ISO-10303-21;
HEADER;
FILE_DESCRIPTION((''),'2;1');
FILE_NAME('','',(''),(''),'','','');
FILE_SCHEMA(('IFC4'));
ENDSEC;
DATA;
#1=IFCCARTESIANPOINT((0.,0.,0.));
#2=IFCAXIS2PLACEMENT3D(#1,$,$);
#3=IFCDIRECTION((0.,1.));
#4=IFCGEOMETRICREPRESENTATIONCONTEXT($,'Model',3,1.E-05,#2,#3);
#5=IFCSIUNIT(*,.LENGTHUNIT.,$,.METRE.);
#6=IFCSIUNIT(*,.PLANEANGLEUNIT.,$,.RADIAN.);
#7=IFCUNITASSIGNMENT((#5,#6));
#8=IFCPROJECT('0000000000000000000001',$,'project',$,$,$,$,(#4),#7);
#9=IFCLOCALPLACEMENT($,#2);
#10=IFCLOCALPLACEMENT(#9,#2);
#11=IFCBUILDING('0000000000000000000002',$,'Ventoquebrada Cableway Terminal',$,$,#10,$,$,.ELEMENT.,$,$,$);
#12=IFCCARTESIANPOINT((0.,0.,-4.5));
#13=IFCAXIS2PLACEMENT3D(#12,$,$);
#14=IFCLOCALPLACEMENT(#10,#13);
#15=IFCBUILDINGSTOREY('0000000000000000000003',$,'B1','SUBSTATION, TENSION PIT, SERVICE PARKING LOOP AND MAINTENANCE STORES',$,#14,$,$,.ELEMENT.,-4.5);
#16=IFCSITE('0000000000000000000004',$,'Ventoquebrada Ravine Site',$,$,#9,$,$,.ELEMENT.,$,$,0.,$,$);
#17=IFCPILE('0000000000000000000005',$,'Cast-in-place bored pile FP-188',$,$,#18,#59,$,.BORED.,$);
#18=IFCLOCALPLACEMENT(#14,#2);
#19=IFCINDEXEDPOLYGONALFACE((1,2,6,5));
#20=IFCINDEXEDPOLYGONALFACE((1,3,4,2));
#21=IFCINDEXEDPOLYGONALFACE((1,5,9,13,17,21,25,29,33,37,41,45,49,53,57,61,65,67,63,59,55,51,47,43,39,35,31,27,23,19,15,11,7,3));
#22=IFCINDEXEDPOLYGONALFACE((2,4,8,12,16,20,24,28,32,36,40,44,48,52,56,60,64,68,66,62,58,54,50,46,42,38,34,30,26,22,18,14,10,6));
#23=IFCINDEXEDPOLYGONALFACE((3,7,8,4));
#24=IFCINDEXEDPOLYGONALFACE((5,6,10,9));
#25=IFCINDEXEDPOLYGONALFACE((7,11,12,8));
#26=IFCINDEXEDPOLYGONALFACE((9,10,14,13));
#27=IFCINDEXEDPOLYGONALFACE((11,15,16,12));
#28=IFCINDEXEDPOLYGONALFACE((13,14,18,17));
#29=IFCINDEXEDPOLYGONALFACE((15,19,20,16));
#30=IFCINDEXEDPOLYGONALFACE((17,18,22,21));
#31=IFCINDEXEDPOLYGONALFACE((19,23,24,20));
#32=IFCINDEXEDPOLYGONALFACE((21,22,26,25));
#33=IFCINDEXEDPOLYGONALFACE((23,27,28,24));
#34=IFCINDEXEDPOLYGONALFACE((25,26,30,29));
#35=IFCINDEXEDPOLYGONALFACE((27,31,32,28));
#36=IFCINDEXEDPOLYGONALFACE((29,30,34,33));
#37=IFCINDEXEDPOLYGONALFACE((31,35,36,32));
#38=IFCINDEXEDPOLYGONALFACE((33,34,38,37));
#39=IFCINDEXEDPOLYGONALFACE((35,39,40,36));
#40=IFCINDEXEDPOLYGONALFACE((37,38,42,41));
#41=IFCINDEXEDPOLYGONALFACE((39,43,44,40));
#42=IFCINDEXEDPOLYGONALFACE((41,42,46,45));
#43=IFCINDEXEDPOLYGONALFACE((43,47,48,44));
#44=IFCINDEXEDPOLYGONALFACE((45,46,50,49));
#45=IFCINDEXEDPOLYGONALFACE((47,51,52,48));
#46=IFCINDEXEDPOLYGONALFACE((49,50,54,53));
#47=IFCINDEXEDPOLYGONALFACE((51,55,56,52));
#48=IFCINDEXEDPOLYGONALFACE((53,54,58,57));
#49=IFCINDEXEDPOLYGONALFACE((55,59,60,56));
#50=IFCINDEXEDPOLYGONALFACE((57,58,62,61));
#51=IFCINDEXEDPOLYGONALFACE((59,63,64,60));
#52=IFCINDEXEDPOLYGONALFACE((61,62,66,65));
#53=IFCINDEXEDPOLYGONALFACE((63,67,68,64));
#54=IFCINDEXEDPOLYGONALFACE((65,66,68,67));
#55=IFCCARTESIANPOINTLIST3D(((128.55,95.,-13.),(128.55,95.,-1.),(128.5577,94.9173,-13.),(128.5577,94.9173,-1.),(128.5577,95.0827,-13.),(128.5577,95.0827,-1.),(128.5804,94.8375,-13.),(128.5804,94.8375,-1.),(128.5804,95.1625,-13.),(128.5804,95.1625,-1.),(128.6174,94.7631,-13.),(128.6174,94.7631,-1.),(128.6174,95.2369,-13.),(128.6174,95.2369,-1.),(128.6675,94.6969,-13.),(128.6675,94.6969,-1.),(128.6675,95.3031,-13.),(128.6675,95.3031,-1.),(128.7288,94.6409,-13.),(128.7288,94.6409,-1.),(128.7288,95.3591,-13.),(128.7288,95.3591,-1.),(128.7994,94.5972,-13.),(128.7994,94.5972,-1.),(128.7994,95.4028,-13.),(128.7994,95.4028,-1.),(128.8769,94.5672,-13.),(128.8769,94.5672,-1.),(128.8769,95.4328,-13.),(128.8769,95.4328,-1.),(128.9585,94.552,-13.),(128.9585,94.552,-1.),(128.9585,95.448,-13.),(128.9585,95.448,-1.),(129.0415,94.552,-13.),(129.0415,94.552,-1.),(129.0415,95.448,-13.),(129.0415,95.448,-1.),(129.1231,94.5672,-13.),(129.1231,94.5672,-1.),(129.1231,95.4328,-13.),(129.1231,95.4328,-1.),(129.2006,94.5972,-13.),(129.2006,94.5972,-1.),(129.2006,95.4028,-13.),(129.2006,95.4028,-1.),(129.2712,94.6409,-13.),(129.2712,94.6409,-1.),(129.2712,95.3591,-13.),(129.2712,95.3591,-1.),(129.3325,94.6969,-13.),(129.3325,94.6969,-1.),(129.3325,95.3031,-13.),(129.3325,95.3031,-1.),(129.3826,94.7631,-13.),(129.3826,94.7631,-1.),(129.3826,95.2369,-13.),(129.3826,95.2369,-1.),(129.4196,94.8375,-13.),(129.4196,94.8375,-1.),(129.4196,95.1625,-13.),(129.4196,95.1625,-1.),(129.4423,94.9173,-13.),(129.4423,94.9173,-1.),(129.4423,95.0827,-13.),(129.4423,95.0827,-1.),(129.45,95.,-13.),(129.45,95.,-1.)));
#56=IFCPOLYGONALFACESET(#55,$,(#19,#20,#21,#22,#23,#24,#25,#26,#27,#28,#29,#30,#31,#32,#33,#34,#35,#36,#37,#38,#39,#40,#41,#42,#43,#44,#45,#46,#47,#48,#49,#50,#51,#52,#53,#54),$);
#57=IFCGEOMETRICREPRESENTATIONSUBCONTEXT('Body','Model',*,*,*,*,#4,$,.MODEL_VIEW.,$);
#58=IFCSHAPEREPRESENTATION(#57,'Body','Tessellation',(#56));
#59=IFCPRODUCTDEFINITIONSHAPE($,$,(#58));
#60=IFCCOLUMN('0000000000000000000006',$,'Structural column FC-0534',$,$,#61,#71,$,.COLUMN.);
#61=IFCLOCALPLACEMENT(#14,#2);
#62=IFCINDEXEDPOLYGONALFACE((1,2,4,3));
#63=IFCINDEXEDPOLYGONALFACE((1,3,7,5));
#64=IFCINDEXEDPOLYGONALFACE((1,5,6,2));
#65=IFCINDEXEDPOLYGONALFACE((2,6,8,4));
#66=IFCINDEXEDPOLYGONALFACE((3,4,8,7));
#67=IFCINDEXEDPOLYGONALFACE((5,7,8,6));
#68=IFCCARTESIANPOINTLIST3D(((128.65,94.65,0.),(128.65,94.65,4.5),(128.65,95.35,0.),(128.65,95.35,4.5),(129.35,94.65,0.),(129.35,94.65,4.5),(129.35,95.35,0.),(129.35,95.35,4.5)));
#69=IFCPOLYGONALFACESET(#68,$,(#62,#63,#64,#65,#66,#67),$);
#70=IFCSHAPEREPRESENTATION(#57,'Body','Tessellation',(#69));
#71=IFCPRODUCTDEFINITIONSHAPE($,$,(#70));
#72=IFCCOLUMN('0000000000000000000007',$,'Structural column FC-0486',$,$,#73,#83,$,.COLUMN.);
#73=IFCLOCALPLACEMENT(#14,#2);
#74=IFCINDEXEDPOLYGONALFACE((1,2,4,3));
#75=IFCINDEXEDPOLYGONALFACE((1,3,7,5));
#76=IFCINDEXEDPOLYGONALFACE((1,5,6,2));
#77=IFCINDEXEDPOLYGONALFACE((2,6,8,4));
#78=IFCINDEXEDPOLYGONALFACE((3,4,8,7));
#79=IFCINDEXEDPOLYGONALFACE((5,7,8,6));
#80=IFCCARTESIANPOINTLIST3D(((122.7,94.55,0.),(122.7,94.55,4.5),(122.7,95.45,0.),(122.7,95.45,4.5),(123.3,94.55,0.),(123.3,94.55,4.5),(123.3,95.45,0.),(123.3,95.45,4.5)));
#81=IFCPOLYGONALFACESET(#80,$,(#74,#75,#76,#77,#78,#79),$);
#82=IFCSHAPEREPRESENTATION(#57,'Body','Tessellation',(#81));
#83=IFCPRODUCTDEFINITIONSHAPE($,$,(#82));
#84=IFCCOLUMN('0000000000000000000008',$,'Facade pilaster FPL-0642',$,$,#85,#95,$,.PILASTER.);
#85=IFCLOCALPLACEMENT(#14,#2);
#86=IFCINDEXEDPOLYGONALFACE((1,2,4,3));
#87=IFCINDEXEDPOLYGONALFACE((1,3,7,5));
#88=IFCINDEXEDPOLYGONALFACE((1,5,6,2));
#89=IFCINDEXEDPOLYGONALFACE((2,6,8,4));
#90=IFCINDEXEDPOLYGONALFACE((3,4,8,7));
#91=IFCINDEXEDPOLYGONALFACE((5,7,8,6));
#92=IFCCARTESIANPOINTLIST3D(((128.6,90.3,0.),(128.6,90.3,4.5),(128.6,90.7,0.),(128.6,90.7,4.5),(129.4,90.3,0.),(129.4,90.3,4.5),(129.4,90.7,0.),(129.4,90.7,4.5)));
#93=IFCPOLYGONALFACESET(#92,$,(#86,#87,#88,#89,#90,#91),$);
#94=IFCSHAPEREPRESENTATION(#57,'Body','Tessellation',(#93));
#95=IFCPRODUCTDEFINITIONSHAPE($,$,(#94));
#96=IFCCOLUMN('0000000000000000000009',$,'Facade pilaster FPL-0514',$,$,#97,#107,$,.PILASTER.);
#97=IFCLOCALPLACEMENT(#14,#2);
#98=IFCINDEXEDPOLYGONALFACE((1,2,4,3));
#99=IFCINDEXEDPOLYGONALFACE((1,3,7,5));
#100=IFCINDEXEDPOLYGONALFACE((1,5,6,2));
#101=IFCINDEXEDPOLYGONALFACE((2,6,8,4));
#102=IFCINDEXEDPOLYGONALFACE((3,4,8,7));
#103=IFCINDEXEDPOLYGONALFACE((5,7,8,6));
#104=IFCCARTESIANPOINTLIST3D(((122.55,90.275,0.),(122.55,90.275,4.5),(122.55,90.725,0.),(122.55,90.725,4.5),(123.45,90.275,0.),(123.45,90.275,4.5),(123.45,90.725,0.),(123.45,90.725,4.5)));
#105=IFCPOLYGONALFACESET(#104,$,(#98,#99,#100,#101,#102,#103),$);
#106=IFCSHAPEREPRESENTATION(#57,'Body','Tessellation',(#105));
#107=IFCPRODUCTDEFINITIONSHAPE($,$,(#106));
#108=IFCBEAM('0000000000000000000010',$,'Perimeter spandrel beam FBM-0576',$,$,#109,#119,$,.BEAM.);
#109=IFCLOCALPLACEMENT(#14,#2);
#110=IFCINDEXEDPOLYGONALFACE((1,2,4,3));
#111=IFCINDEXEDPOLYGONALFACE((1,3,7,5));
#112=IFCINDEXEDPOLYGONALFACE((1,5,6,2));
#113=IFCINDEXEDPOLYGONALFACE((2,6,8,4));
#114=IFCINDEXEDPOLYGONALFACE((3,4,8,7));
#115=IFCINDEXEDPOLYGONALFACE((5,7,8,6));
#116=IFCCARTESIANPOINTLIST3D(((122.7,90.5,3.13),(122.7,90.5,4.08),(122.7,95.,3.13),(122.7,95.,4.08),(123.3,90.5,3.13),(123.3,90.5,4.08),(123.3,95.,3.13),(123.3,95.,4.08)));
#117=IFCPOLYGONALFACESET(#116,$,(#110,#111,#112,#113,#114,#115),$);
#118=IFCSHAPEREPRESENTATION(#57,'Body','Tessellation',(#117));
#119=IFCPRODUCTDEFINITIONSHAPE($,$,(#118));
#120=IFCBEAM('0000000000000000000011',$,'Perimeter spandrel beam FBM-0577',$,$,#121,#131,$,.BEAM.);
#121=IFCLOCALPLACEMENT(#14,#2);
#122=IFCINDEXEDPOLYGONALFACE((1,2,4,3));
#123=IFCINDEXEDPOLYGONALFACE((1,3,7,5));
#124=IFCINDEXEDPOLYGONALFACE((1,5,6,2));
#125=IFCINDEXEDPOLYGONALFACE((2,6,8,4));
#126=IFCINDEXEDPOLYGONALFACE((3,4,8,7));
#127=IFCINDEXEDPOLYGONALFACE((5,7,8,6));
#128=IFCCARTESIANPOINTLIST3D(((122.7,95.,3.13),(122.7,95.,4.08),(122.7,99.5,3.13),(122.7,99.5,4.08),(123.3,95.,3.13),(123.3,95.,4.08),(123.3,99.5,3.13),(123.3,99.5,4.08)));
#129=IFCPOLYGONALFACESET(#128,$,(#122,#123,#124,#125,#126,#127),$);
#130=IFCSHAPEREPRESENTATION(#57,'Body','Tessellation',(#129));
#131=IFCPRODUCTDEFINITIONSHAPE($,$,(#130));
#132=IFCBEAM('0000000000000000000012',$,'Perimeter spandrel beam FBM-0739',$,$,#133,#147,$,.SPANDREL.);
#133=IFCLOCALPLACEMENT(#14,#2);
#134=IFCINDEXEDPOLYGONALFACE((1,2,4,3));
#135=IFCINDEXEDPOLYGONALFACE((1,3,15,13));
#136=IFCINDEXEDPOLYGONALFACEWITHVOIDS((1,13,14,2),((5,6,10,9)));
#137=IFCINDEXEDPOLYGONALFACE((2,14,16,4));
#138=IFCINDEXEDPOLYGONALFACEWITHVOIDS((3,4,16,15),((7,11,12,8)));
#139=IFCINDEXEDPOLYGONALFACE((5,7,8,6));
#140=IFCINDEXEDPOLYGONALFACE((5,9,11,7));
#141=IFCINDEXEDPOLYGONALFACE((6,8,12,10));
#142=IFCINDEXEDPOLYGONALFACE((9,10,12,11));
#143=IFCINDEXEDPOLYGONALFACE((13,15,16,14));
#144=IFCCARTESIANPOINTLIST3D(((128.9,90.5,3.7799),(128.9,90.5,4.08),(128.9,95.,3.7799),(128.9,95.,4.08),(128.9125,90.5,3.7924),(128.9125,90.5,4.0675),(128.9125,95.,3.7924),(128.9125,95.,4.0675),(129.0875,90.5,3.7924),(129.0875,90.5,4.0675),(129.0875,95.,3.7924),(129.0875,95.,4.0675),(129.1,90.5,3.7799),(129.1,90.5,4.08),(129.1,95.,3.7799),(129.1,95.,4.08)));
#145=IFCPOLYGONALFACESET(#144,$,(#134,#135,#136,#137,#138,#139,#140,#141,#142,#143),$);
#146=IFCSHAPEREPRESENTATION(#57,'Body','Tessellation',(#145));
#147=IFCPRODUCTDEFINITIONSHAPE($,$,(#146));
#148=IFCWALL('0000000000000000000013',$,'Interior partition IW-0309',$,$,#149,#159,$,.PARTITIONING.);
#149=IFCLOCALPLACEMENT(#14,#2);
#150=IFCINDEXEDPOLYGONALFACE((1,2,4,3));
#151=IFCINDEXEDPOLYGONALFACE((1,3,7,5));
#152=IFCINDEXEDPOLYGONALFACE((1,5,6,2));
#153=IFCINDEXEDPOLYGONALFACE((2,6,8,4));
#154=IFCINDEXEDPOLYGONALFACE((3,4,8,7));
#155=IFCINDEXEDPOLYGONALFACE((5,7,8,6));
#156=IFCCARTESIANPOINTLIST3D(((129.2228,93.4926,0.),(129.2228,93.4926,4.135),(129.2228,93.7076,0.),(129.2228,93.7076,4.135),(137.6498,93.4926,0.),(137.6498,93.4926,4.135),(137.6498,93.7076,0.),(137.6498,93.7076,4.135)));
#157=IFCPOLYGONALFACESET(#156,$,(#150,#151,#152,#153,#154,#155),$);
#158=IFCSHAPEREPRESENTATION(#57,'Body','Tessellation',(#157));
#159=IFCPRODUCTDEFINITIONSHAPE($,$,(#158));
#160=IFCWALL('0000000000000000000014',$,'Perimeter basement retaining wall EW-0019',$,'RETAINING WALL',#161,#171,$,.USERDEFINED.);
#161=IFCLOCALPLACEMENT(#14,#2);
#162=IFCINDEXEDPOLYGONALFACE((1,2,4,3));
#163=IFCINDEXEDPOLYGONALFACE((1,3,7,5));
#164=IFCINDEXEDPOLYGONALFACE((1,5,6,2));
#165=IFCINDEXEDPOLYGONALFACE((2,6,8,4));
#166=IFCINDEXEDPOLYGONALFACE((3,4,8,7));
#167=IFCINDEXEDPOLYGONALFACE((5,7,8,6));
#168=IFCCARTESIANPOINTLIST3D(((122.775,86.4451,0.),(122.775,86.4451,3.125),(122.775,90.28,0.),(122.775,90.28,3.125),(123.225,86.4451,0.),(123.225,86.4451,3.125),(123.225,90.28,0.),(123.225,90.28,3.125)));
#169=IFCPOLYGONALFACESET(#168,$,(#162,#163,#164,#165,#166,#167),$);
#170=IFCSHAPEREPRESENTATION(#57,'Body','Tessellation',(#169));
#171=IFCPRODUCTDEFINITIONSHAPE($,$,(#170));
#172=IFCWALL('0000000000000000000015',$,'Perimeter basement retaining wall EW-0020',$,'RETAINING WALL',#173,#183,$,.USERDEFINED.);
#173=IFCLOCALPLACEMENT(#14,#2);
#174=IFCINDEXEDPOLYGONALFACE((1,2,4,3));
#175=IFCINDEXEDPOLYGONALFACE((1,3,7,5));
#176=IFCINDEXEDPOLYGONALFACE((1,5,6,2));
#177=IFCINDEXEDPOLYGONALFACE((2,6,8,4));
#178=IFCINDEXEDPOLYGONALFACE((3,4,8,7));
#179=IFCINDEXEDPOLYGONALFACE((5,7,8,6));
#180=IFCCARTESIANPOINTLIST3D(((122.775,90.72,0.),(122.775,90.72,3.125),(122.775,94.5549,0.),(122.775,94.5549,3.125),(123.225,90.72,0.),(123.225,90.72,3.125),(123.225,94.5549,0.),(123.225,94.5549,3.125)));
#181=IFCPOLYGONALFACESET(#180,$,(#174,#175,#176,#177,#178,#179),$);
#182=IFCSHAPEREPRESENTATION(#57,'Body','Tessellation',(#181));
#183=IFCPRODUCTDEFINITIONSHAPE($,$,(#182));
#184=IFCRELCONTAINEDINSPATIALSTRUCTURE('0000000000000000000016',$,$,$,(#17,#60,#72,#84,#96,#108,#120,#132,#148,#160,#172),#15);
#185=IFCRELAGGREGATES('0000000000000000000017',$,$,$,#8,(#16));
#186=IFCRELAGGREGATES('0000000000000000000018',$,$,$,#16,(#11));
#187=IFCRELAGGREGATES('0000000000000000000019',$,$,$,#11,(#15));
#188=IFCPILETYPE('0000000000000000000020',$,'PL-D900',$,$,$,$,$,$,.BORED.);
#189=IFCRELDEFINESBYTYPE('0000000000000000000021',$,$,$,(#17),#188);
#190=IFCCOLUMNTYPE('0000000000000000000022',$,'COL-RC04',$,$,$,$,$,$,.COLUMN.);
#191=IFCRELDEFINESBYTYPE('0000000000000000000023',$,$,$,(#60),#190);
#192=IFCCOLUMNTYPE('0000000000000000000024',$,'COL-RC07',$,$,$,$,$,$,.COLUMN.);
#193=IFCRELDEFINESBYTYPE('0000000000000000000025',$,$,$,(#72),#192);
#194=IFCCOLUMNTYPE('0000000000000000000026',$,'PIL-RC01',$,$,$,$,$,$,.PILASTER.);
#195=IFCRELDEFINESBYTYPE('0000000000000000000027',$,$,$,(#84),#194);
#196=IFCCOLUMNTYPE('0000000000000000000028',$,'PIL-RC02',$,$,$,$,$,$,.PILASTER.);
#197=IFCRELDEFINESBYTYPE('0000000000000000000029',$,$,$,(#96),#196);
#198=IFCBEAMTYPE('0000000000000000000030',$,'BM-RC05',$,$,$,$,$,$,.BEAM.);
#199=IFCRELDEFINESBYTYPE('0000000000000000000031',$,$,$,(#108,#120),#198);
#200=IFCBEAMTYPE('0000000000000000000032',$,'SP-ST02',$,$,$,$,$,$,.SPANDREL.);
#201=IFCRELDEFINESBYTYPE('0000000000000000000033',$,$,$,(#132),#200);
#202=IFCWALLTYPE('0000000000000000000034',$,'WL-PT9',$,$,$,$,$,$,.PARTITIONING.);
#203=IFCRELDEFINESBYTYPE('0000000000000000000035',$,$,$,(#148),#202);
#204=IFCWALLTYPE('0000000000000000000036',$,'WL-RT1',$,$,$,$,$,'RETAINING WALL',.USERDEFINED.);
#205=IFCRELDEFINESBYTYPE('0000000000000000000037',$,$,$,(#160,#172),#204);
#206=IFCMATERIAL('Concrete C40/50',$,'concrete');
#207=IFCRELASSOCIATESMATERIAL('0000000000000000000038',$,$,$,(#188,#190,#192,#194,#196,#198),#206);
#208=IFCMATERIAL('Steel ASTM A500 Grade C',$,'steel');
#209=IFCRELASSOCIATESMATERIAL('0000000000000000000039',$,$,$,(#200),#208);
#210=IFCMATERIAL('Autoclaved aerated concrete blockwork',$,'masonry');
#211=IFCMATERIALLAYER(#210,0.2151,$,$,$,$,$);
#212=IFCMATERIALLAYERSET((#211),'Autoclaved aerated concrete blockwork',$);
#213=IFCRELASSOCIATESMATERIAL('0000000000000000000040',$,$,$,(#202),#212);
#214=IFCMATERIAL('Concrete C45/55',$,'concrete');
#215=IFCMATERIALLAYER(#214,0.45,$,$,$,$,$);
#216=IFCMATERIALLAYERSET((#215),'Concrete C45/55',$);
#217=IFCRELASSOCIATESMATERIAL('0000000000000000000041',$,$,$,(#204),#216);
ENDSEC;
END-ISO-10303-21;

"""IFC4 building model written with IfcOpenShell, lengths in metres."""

from ifc_helpers import new_model, si_unit, direction, frame, frame_2d, origin, origin_2d, place, context, subcontext, project, spatial, rectangle, hollow_rectangle, circle, extrude, material, layer, layer_set, material_profile, profile_set, type_object, element, save


model = new_model("IFC4")

# Units and contexts
model_context = context("Model", 3, precision=1e-05, world=origin(), true_north=direction((0.0, 1.0)))
body_context = subcontext(model_context, "Body", "Model", "MODEL_VIEW")
ifc_project = project(units=[si_unit("LENGTHUNIT", "METRE"), si_unit("PLANEANGLEUNIT", "RADIAN")], contexts=[model_context])

# Site, building, storey
site_placement = place(None, origin())
site = spatial("IfcSite", under=ifc_project, at=site_placement, Name="Ventoquebrada Ravine Site", CompositionType="ELEMENT", RefElevation=0.0)
building_placement = place(site_placement, origin())
building = spatial("IfcBuilding", under=site, at=building_placement, Name="Ventoquebrada Cableway Terminal", CompositionType="ELEMENT")
storey_placement = place(building_placement, frame((0.0, 0.0, -4.5)))
storey = spatial("IfcBuildingStorey", under=building, at=storey_placement, Name="B1", Description="SUBSTATION, TENSION PIT, SERVICE PARKING LOOP AND MAINTENANCE STORES", CompositionType="ELEMENT", Elevation=-4.5)

# Shared definitions
ifc_material_1 = material(Name="Concrete C40/50", Category="concrete")

# Pile
ifc_material_profile_1 = material_profile(ifc_material_1, circle(Radius=0.45, at=origin_2d()), Name="PILE-D900")
ifc_profile_set_1 = profile_set([ifc_material_profile_1], Name="Concrete C40/50")
pile_type_1 = type_object("IfcPileType", Name="PL-D900", PredefinedType="BORED", material=ifc_profile_set_1)
pile_1_placement = place(storey_placement, frame((129.0, 95.0, -1.0), z_axis=(0.0, 0.0, -1.0), x_axis=(1.0, 0.0, 0.0)))
element("IfcPile", 1, at=pile_1_placement, inside=storey, type_object=pile_type_1, Name="Cast-in-place bored pile FP-188", PredefinedType="BORED", context=body_context, shape_type="SweptSolid", body=[
    extrude(circle(Radius=0.45, at=origin_2d()), origin(), (0.0, 0.0, 1.0), 12.0),
])

# Columns
ifc_material_profile_2 = material_profile(ifc_material_1, rectangle(XDim=0.7, YDim=0.7, at=origin_2d()), Name="RC-COL-700X700")
ifc_profile_set_2 = profile_set([ifc_material_profile_2], Name="Concrete C40/50")
column_type_1 = type_object("IfcColumnType", Name="COL-RC04", PredefinedType="COLUMN", material=ifc_profile_set_2)
column_1_placement = place(storey_placement, frame((129.0, 95.0, 0.0), z_axis=(0.0, 0.0, 1.0), x_axis=(1.0, 0.0, 0.0)))
element("IfcColumn", 2, at=column_1_placement, inside=storey, type_object=column_type_1, Name="Structural column FC-0534", PredefinedType="COLUMN", context=body_context, shape_type="SweptSolid", body=[
    extrude(rectangle(XDim=0.7, YDim=0.7, at=origin_2d()), origin(), (0.0, 0.0, 1.0), 4.5),
])
ifc_material_profile_3 = material_profile(ifc_material_1, rectangle(XDim=0.6001, YDim=0.8999, at=origin_2d()), Name="RC-COL-900X600")
ifc_profile_set_3 = profile_set([ifc_material_profile_3], Name="Concrete C40/50")
column_type_2 = type_object("IfcColumnType", Name="COL-RC07", PredefinedType="COLUMN", material=ifc_profile_set_3)
column_2_placement = place(storey_placement, frame((123.0, 95.0, 0.0), z_axis=(0.0, 0.0, 1.0), x_axis=(1.0, 0.0, 0.0)))
element("IfcColumn", 3, at=column_2_placement, inside=storey, type_object=column_type_2, Name="Structural column FC-0486", PredefinedType="COLUMN", context=body_context, shape_type="SweptSolid", body=[
    extrude(rectangle(XDim=0.6001, YDim=0.8999, at=origin_2d()), origin(), (0.0, 0.0, 1.0), 4.5),
])
ifc_material_profile_4 = material_profile(ifc_material_1, rectangle(XDim=0.3999, YDim=0.8, at=origin_2d()), Name="RC-PIL-400X800")
ifc_profile_set_4 = profile_set([ifc_material_profile_4], Name="Concrete C40/50")
column_type_3 = type_object("IfcColumnType", Name="PIL-RC01", PredefinedType="PILASTER", material=ifc_profile_set_4)
column_3_placement = place(storey_placement, frame((129.0, 90.5, 0.0), z_axis=(0.0, 0.0, 1.0), x_axis=(0.0, 1.0, 0.0)))
element("IfcColumn", 4, at=column_3_placement, inside=storey, type_object=column_type_3, Name="Facade pilaster FPL-0642", PredefinedType="PILASTER", context=body_context, shape_type="SweptSolid", body=[
    extrude(rectangle(XDim=0.3999, YDim=0.8, at=origin_2d()), origin(), (0.0, 0.0, 1.0), 4.5),
])
ifc_material_profile_5 = material_profile(ifc_material_1, rectangle(XDim=0.45, YDim=0.8999, at=origin_2d()), Name="RC-PIL-450X900")
ifc_profile_set_5 = profile_set([ifc_material_profile_5], Name="Concrete C40/50")
column_type_4 = type_object("IfcColumnType", Name="PIL-RC02", PredefinedType="PILASTER", material=ifc_profile_set_5)
column_4_placement = place(storey_placement, frame((123.0, 90.5, 0.0), z_axis=(0.0, 0.0, 1.0), x_axis=(0.0, 1.0, 0.0)))
element("IfcColumn", 5, at=column_4_placement, inside=storey, type_object=column_type_4, Name="Facade pilaster FPL-0514", PredefinedType="PILASTER", context=body_context, shape_type="SweptSolid", body=[
    extrude(rectangle(XDim=0.45, YDim=0.8999, at=origin_2d()), origin(), (0.0, 0.0, 1.0), 4.5),
])

# Beams
ifc_material_profile_6 = material_profile(ifc_material_1, rectangle(XDim=0.6001, YDim=0.95, at=origin_2d()), Name="RC-BM-600X950")
ifc_profile_set_6 = profile_set([ifc_material_profile_6], Name="Concrete C40/50")
beam_type_1 = type_object("IfcBeamType", Name="BM-RC05", PredefinedType="BEAM", material=ifc_profile_set_6)
for number, where, z_axis, x_axis, name in (
    (6, (123.0, 90.5, 3.605), (0.0, 1.0, 0.0), (-1.0, 0.0, 0.0), "Perimeter spandrel beam FBM-0576"),
    (7, (123.0, 95.0, 3.605), (0.0, 1.0, 0.0), (-1.0, 0.0, 0.0), "Perimeter spandrel beam FBM-0577"),
):
    element("IfcBeam", number, at=place(storey_placement, frame(where, z_axis=z_axis, x_axis=x_axis)), inside=storey, type_object=beam_type_1, Name=name, PredefinedType="BEAM", context=body_context, shape_type="SweptSolid", body=[
        extrude(rectangle(XDim=0.6001, YDim=0.95, at=origin_2d()), origin(), (0.0, 0.0, 1.0), 4.5),
    ])
ifc_material_2 = material(Name="Steel ASTM A500 Grade C", Category="steel")
ifc_material_profile_7 = material_profile(ifc_material_2, hollow_rectangle(XDim=0.2, YDim=0.3, WallThickness=0.0125, at=origin_2d()), Name="RHS300X200X12.5")
ifc_profile_set_7 = profile_set([ifc_material_profile_7], Name="Steel ASTM A500 Grade C")
beam_type_2 = type_object("IfcBeamType", Name="SP-ST02", PredefinedType="SPANDREL", material=ifc_profile_set_7)
beam_placement = place(storey_placement, frame((129.0, 90.5, 3.9299), z_axis=(0.0, 1.0, 0.0), x_axis=(-1.0, 0.0, 0.0)))
element("IfcBeam", 8, at=beam_placement, inside=storey, type_object=beam_type_2, Name="Perimeter spandrel beam FBM-0739", PredefinedType="SPANDREL", context=body_context, shape_type="SweptSolid", body=[
    extrude(hollow_rectangle(XDim=0.2, YDim=0.3, WallThickness=0.0125, at=origin_2d()), origin(), (0.0, 0.0, 1.0), 4.5),
])

# Walls
ifc_material_3 = material(Name="Autoclaved aerated concrete blockwork", Category="masonry")
ifc_layer_1 = layer(ifc_material_3, 0.2151)
ifc_layer_set_1 = layer_set([ifc_layer_1], Name="Autoclaved aerated concrete blockwork")
wall_type_1 = type_object("IfcWallType", Name="WL-PT9", PredefinedType="PARTITIONING", material=ifc_layer_set_1)
wall_placement = place(storey_placement, frame((129.2229, 93.6001, 0.0), z_axis=(0.0, 0.0, 1.0), x_axis=(1.0, 0.0, 0.0)))
element("IfcWall", 9, at=wall_placement, inside=storey, type_object=wall_type_1, Name="Interior partition IW-0309", PredefinedType="PARTITIONING", context=body_context, shape_type="SweptSolid", body=[
    extrude(rectangle(XDim=8.427, YDim=0.2151, at=frame_2d((4.2134, 0.0))), origin(), (0.0, 0.0, 1.0), 4.135),
])
ifc_material_4 = material(Name="Concrete C45/55", Category="concrete")
ifc_layer_2 = layer(ifc_material_4, 0.45)
ifc_layer_set_2 = layer_set([ifc_layer_2], Name="Concrete C45/55")
wall_type_2 = type_object("IfcWallType", Name="WL-RT1", ElementType="RETAINING WALL", PredefinedType="USERDEFINED", material=ifc_layer_set_2)
for number, where, z_axis, x_axis, name in (
    (10, (123.0, 86.4451, 0.0), (0.0, 0.0, 1.0), (0.0, 1.0, 0.0), "Perimeter basement retaining wall EW-0019"),
    (11, (123.0, 90.72, 0.0), (0.0, 0.0, 1.0), (0.0, 1.0, 0.0), "Perimeter basement retaining wall EW-0020"),
):
    element("IfcWall", number, at=place(storey_placement, frame(where, z_axis=z_axis, x_axis=x_axis)), inside=storey, type_object=wall_type_2, Name=name, ObjectType="RETAINING WALL", PredefinedType="USERDEFINED", context=body_context, shape_type="SweptSolid", body=[
        extrude(rectangle(XDim=3.835, YDim=0.45, at=frame_2d((1.9175, 0.0))), origin(), (0.0, 0.0, 1.0), 3.125),
    ])

save(model, "model.ifc")
